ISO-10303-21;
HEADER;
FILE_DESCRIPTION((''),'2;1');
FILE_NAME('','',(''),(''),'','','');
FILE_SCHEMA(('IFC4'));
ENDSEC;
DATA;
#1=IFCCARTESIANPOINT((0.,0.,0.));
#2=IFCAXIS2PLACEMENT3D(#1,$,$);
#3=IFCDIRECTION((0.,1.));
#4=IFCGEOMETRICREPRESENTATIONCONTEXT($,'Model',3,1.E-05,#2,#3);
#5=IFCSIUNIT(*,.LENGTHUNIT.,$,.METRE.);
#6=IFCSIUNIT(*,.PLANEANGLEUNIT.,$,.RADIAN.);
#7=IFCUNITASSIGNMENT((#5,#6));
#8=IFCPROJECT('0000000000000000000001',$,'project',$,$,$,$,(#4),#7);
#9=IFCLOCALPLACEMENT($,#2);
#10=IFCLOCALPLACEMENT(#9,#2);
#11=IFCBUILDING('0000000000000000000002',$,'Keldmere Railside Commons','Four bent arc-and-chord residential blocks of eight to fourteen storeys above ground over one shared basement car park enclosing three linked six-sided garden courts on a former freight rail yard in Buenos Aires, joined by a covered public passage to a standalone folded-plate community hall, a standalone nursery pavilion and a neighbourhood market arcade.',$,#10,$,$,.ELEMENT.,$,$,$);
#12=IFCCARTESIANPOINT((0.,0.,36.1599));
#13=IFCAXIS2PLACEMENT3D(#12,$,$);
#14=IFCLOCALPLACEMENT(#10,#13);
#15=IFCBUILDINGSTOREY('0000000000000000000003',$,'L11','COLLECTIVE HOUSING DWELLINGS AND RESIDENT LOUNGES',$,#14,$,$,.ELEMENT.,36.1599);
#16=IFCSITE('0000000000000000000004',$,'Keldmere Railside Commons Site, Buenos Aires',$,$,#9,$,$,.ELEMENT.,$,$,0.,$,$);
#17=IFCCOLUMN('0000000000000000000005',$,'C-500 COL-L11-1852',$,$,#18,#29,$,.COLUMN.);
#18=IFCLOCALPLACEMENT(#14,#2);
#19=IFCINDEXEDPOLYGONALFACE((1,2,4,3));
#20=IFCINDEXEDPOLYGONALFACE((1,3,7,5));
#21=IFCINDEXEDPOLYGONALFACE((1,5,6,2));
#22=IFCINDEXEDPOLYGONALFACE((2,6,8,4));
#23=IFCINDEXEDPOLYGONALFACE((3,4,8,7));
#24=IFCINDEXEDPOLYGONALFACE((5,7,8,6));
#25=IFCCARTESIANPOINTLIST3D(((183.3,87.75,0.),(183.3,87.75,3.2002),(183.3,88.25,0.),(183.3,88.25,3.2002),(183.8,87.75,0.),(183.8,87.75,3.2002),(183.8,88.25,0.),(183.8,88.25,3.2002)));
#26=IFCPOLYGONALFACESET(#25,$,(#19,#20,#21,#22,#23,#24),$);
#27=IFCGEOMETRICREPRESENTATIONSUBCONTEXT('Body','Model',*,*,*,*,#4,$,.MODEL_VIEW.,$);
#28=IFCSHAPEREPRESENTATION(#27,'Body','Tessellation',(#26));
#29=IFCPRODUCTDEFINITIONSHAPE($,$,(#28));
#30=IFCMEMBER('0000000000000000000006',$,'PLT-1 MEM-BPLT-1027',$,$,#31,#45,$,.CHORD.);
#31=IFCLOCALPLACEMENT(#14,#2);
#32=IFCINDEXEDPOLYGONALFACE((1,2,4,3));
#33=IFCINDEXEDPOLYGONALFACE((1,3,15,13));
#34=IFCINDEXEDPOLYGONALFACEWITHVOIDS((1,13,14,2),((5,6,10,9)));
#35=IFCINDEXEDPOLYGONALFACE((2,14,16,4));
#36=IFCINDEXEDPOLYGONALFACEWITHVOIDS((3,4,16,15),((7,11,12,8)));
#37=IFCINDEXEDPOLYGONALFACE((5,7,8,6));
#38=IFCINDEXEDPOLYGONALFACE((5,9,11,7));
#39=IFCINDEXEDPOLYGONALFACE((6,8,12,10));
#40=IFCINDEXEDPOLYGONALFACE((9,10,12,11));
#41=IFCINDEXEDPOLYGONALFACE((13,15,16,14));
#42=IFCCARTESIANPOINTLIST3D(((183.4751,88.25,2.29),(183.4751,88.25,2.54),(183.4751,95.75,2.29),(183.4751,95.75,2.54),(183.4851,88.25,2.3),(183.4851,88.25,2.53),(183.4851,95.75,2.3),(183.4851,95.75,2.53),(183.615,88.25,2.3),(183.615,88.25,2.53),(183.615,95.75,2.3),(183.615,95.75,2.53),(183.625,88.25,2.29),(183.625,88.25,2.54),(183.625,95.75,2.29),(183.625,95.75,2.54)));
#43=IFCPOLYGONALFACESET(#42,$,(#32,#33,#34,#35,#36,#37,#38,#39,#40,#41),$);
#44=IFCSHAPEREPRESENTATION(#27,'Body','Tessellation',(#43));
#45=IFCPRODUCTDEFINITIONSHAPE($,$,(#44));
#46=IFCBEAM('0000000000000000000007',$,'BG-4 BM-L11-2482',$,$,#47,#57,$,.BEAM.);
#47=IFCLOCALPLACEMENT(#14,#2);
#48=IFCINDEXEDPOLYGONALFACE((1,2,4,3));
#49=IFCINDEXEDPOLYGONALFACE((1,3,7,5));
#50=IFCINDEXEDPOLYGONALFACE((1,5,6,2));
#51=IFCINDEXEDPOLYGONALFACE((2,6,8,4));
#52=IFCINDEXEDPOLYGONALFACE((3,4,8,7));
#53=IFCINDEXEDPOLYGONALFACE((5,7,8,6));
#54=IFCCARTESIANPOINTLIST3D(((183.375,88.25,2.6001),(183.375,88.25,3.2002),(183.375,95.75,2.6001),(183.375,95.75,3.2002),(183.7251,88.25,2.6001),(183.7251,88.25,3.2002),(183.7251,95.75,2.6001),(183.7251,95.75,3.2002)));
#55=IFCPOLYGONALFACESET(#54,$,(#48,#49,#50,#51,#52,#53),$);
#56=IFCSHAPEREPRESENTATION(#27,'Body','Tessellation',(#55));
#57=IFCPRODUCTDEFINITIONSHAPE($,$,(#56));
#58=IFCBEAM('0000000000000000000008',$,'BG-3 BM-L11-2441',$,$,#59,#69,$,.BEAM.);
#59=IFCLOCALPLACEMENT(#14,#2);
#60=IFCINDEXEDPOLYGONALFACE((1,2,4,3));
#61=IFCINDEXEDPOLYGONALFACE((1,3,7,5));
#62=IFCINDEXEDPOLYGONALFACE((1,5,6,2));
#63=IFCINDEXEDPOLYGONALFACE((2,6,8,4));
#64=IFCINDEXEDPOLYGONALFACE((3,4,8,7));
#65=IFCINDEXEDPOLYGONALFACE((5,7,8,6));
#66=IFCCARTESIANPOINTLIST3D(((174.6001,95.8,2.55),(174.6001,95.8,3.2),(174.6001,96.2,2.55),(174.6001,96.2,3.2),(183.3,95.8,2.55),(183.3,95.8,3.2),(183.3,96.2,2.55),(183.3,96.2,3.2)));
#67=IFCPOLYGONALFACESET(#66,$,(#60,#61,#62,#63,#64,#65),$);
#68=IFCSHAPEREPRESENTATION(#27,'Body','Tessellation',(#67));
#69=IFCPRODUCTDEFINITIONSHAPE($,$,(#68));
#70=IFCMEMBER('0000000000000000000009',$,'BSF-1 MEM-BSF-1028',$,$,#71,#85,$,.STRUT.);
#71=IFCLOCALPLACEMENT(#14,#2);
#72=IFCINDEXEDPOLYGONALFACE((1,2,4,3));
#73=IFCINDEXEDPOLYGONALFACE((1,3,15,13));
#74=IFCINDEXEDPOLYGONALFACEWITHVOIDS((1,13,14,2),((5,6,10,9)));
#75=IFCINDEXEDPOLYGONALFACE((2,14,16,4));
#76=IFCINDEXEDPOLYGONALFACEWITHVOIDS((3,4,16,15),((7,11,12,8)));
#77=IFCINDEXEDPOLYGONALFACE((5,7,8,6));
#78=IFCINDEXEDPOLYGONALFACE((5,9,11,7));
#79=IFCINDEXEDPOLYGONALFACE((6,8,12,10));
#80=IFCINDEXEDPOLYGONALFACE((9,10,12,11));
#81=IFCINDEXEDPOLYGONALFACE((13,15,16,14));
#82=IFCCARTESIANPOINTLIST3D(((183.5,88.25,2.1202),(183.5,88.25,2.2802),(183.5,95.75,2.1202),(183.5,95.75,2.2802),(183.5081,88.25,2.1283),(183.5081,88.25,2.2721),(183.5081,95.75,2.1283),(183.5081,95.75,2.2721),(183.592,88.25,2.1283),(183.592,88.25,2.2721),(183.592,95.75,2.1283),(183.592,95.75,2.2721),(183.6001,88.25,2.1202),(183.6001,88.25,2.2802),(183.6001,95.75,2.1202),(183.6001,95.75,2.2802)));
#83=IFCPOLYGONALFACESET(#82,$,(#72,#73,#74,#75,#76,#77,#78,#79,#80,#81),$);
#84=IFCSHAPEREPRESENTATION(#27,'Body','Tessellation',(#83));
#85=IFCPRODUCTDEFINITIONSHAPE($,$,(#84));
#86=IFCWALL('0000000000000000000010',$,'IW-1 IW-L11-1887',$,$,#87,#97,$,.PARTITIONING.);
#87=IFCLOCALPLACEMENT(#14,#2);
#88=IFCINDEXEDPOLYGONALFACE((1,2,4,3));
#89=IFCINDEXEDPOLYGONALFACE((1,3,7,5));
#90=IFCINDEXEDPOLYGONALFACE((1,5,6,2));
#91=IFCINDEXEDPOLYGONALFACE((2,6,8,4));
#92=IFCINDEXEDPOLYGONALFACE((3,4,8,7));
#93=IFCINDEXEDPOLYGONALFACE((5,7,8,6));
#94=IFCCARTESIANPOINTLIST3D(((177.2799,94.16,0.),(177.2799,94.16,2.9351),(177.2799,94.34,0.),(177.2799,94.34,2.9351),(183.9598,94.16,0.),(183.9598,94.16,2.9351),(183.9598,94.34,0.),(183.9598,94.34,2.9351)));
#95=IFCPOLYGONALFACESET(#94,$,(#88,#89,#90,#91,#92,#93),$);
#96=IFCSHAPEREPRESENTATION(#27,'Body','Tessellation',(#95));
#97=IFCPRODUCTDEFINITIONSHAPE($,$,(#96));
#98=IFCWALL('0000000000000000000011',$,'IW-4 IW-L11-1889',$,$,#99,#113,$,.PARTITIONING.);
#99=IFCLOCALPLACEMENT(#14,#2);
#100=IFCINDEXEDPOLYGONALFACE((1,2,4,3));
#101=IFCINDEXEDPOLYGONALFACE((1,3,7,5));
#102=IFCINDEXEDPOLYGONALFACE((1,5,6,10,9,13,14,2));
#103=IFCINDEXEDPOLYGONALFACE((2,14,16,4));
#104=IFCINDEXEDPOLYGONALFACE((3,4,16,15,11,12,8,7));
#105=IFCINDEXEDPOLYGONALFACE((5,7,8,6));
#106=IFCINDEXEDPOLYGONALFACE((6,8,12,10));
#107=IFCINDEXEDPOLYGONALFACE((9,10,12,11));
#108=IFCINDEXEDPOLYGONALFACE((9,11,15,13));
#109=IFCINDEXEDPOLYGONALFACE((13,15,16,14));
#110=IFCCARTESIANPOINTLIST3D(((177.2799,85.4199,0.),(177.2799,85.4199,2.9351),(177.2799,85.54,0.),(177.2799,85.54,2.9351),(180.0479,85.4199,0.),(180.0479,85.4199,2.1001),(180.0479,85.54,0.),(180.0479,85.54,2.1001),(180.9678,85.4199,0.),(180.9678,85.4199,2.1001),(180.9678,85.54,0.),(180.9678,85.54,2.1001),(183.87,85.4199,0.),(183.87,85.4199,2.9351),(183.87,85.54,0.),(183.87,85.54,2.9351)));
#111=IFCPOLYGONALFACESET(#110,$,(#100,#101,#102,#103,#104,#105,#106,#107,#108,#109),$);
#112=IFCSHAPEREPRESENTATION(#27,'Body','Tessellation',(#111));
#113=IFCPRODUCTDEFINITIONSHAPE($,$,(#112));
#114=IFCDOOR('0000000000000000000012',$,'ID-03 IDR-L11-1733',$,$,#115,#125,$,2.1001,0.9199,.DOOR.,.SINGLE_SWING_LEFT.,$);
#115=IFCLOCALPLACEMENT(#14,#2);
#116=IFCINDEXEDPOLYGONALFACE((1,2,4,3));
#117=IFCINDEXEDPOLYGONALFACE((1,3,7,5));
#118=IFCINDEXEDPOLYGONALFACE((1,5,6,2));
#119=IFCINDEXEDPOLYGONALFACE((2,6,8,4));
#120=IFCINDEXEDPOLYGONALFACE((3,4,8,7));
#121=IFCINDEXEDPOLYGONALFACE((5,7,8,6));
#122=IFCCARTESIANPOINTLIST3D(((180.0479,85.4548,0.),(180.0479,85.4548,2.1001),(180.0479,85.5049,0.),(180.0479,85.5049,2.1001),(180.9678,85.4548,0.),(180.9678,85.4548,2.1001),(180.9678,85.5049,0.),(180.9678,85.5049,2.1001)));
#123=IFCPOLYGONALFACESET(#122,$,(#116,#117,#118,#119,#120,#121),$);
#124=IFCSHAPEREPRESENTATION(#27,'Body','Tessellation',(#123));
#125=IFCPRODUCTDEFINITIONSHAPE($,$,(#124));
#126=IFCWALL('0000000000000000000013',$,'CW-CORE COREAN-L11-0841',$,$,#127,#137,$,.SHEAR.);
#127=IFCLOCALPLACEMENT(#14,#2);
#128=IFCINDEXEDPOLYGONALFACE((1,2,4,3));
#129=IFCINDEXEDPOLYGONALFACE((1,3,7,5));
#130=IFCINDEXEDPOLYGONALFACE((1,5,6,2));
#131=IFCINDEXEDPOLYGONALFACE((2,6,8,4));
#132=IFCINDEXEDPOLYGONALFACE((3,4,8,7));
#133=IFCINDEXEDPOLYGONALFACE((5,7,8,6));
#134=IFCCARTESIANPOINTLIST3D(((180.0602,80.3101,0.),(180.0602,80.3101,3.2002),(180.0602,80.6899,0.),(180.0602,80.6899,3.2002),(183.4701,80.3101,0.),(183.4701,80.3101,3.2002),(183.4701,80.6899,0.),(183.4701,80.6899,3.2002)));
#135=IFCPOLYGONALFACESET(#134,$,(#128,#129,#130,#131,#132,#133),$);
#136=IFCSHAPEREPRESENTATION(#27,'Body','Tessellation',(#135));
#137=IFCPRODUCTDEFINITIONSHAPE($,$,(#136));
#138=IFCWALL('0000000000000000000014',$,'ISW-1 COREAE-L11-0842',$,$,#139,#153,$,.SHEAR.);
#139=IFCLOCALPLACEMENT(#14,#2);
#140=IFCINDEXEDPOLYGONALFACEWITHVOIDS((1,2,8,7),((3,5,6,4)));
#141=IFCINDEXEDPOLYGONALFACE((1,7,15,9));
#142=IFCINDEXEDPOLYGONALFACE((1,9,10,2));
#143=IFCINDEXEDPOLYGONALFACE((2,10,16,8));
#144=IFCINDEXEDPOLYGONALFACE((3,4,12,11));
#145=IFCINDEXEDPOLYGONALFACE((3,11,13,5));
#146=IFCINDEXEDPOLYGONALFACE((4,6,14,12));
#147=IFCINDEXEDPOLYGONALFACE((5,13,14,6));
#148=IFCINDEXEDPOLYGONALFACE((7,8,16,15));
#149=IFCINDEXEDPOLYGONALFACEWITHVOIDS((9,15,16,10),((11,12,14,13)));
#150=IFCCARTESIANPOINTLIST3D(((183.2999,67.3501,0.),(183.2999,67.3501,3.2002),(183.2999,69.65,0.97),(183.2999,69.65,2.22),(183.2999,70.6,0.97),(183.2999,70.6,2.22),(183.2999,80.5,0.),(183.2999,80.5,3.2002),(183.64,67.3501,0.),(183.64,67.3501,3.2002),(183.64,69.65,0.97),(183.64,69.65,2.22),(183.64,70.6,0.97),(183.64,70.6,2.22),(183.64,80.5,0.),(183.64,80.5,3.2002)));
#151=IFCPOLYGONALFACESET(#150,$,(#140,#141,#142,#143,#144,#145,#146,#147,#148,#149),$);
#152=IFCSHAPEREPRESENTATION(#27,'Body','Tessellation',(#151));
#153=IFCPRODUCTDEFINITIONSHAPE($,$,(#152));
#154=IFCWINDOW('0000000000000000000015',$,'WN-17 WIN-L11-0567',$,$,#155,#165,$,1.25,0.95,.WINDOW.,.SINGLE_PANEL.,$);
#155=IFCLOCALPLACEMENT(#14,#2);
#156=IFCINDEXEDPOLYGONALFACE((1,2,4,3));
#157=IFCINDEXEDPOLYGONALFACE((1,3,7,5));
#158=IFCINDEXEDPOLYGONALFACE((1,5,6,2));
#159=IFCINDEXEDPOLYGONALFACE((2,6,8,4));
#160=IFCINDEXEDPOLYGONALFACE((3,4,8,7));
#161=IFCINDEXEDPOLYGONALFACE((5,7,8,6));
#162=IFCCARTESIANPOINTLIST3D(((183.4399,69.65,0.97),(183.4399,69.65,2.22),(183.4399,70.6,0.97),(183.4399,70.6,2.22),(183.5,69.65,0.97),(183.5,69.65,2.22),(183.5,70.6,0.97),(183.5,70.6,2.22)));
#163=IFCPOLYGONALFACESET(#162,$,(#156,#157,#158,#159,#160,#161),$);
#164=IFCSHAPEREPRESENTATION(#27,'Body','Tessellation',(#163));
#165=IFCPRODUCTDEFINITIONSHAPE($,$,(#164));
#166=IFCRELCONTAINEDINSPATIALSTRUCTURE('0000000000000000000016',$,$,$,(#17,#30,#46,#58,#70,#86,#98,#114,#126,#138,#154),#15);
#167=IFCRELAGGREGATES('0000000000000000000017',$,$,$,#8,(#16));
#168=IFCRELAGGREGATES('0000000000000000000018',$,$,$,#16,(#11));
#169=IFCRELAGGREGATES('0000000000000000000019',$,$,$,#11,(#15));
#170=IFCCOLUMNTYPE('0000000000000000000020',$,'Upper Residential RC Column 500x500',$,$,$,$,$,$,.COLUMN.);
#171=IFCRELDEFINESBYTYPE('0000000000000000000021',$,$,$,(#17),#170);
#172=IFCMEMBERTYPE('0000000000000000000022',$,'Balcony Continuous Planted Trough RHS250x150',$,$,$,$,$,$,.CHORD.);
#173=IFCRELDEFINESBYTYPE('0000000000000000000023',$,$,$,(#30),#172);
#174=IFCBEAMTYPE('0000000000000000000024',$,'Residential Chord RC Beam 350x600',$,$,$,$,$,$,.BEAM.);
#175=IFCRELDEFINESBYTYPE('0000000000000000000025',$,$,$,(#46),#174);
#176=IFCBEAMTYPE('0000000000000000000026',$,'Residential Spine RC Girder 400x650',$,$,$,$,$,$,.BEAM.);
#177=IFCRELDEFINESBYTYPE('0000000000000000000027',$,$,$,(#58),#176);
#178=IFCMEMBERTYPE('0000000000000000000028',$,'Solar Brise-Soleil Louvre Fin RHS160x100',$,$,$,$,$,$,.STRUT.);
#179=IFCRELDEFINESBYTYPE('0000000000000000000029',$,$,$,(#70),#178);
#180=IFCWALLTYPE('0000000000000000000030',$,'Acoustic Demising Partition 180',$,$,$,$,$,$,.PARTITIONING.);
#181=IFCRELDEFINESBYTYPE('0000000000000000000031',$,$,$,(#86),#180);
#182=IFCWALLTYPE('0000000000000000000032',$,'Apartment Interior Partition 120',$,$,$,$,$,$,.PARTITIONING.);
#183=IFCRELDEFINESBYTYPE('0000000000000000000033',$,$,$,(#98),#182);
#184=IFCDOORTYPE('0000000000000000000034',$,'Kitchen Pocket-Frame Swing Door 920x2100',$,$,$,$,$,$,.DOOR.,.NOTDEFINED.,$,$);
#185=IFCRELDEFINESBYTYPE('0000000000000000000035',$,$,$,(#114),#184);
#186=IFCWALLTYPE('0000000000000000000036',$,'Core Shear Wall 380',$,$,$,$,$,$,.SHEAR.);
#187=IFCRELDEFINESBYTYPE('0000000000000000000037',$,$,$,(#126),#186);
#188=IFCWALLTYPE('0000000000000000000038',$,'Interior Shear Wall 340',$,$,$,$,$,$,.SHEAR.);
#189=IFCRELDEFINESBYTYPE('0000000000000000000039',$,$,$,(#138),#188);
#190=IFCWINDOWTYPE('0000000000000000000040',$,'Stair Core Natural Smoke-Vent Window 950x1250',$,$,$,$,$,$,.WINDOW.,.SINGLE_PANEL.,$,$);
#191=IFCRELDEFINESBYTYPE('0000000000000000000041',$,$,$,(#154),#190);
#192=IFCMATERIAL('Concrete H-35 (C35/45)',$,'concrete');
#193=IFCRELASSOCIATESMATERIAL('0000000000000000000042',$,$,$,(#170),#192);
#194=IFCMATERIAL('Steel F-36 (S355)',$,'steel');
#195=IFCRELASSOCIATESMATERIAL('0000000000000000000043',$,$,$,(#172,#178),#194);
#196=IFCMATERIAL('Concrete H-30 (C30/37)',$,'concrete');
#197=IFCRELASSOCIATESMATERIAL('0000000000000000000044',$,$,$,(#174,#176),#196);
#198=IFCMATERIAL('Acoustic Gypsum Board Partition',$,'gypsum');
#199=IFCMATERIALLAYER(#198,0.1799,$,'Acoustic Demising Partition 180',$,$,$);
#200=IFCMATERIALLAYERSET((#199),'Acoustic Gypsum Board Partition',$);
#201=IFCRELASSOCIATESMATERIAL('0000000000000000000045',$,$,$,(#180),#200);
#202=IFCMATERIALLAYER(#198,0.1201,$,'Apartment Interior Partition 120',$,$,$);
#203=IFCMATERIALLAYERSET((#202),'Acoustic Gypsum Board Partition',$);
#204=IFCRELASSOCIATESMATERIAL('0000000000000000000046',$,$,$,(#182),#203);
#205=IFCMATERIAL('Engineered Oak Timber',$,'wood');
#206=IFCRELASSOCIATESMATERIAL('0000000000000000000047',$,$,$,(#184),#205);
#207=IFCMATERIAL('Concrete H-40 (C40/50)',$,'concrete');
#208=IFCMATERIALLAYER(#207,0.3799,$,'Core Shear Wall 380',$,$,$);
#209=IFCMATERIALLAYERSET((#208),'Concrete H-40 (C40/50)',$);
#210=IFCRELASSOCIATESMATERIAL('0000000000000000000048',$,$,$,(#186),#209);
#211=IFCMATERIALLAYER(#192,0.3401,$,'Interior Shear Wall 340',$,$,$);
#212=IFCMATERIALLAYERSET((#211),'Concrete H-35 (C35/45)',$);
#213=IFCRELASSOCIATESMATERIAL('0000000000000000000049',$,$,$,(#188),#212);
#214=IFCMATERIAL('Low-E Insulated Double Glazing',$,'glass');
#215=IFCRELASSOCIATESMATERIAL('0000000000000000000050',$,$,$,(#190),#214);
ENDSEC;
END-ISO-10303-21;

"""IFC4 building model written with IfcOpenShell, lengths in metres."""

from ifc_helpers import new_model, si_unit, direction, frame, frame_2d, origin, origin_2d, place, context, subcontext, project, spatial, rectangle, hollow_rectangle, extrude, material, layer, layer_set, material_profile, profile_set, type_object, element, fill, save


model = new_model("IFC4")

# Units and contexts
model_context = context("Model", 3, precision=1e-05, world=origin(), true_north=direction((0.0, 1.0)))
body_context = subcontext(model_context, "Body", "Model", "MODEL_VIEW")
ifc_project = project(units=[si_unit("LENGTHUNIT", "METRE"), si_unit("PLANEANGLEUNIT", "RADIAN")], contexts=[model_context])

# Site, building, storey
site_placement = place(None, origin())
site = spatial("IfcSite", under=ifc_project, at=site_placement, Name="Keldmere Railside Commons Site, Buenos Aires", CompositionType="ELEMENT", RefElevation=0.0)
building_placement = place(site_placement, origin())
building = spatial("IfcBuilding", under=site, at=building_placement, Name="Keldmere Railside Commons", Description="Four bent arc-and-chord residential blocks of eight to fourteen storeys above ground over one shared basement car park enclosing three linked six-sided garden courts on a former freight rail yard in Buenos Aires, joined by a covered public passage to a standalone folded-plate community hall, a standalone nursery pavilion and a neighbourhood market arcade.", CompositionType="ELEMENT")
storey_placement = place(building_placement, frame((0.0, 0.0, 36.1599)))
storey = spatial("IfcBuildingStorey", under=building, at=storey_placement, Name="L11", Description="COLLECTIVE HOUSING DWELLINGS AND RESIDENT LOUNGES", CompositionType="ELEMENT", Elevation=36.1599)

# Column
ifc_material_1 = material(Name="Concrete H-35 (C35/45)", Category="concrete")
ifc_material_profile_1 = material_profile(ifc_material_1, rectangle(XDim=0.5, YDim=0.5, at=origin_2d()), Name="RC-500x500")
ifc_profile_set_1 = profile_set([ifc_material_profile_1], Name="Concrete H-35 (C35/45)")
column_type = type_object("IfcColumnType", Name="Upper Residential RC Column 500x500", PredefinedType="COLUMN", material=ifc_profile_set_1)
column_placement = place(storey_placement, frame((183.55, 88.0, 0.0), z_axis=(0.0, 0.0, 1.0), x_axis=(1.0, 0.0, 0.0)))
element("IfcColumn", 1, at=column_placement, inside=storey, type_object=column_type, Name="C-500 COL-L11-1852", PredefinedType="COLUMN", context=body_context, shape_type="SweptSolid", body=[
    extrude(rectangle(XDim=0.5, YDim=0.5, at=origin_2d()), origin(), (0.0, 0.0, 1.0), 3.2002),
])

# Member
ifc_material_2 = material(Name="Steel F-36 (S355)", Category="steel")
ifc_material_profile_2 = material_profile(ifc_material_2, hollow_rectangle(XDim=0.1499, YDim=0.25, WallThickness=0.01, at=origin_2d()), Name="RHS-250x150x10")
ifc_profile_set_2 = profile_set([ifc_material_profile_2], Name="Steel F-36 (S355)")
member_type_1 = type_object("IfcMemberType", Name="Balcony Continuous Planted Trough RHS250x150", PredefinedType="CHORD", material=ifc_profile_set_2)
member_1_placement = place(storey_placement, frame((183.55, 88.25, 2.415), z_axis=(0.0, 1.0, 0.0), x_axis=(-1.0, 0.0, 0.0)))
element("IfcMember", 2, at=member_1_placement, inside=storey, type_object=member_type_1, Name="PLT-1 MEM-BPLT-1027", PredefinedType="CHORD", context=body_context, shape_type="SweptSolid", body=[
    extrude(hollow_rectangle(XDim=0.1499, YDim=0.25, WallThickness=0.01, at=origin_2d()), origin(), (0.0, 0.0, 1.0), 7.5),
])

# Beams
ifc_material_3 = material(Name="Concrete H-30 (C30/37)", Category="concrete")
ifc_material_profile_3 = material_profile(ifc_material_3, rectangle(XDim=0.3501, YDim=0.6001, at=origin_2d()), Name="RC-350x600")
ifc_profile_set_3 = profile_set([ifc_material_profile_3], Name="Concrete H-30 (C30/37)")
beam_type_1 = type_object("IfcBeamType", Name="Residential Chord RC Beam 350x600", PredefinedType="BEAM", material=ifc_profile_set_3)
beam_1_placement = place(storey_placement, frame((183.55, 88.25, 2.9001), z_axis=(0.0, 1.0, 0.0), x_axis=(-1.0, 0.0, 0.0)))
element("IfcBeam", 3, at=beam_1_placement, inside=storey, type_object=beam_type_1, Name="BG-4 BM-L11-2482", PredefinedType="BEAM", context=body_context, shape_type="SweptSolid", body=[
    extrude(rectangle(XDim=0.3501, YDim=0.6001, at=origin_2d()), origin(), (0.0, 0.0, 1.0), 7.5),
])
ifc_material_profile_4 = material_profile(ifc_material_3, rectangle(XDim=0.3999, YDim=0.6499, at=origin_2d()), Name="RC-400x650")
ifc_profile_set_4 = profile_set([ifc_material_profile_4], Name="Concrete H-30 (C30/37)")
beam_type_2 = type_object("IfcBeamType", Name="Residential Spine RC Girder 400x650", PredefinedType="BEAM", material=ifc_profile_set_4)
beam_2_placement = place(storey_placement, frame((174.6001, 96.0, 2.875), z_axis=(1.0, 0.0, 0.0), x_axis=(0.0, 1.0, 0.0)))
element("IfcBeam", 4, at=beam_2_placement, inside=storey, type_object=beam_type_2, Name="BG-3 BM-L11-2441", PredefinedType="BEAM", context=body_context, shape_type="SweptSolid", body=[
    extrude(rectangle(XDim=0.3999, YDim=0.6499, at=origin_2d()), origin(), (0.0, 0.0, 1.0), 8.7),
])

# Member
ifc_material_profile_5 = material_profile(ifc_material_2, hollow_rectangle(XDim=0.1001, YDim=0.1599, WallThickness=0.0081, at=origin_2d()), Name="RHS-160x100x8")
ifc_profile_set_5 = profile_set([ifc_material_profile_5], Name="Steel F-36 (S355)")
member_type_2 = type_object("IfcMemberType", Name="Solar Brise-Soleil Louvre Fin RHS160x100", PredefinedType="STRUT", material=ifc_profile_set_5)
member_2_placement = place(storey_placement, frame((183.55, 88.25, 2.2002), z_axis=(0.0, 1.0, 0.0), x_axis=(-1.0, 0.0, 0.0)))
element("IfcMember", 5, at=member_2_placement, inside=storey, type_object=member_type_2, Name="BSF-1 MEM-BSF-1028", PredefinedType="STRUT", context=body_context, shape_type="SweptSolid", body=[
    extrude(hollow_rectangle(XDim=0.1001, YDim=0.1599, WallThickness=0.0081, at=origin_2d()), origin(), (0.0, 0.0, 1.0), 7.5),
])

# Wall
ifc_material_4 = material(Name="Acoustic Gypsum Board Partition", Category="gypsum")
ifc_layer_1 = layer(ifc_material_4, 0.1799, Name="Acoustic Demising Partition 180")
ifc_layer_set_1 = layer_set([ifc_layer_1], Name="Acoustic Gypsum Board Partition")
wall_type_1 = type_object("IfcWallType", Name="Acoustic Demising Partition 180", PredefinedType="PARTITIONING", material=ifc_layer_set_1)
wall_1_placement = place(storey_placement, frame((177.28, 94.25, 0.0), z_axis=(0.0, 0.0, 1.0), x_axis=(1.0, 0.0, 0.0)))
element("IfcWall", 6, at=wall_1_placement, inside=storey, type_object=wall_type_1, Name="IW-1 IW-L11-1887", PredefinedType="PARTITIONING", context=body_context, shape_type="SweptSolid", body=[
    extrude(rectangle(XDim=6.6799, YDim=0.1799, at=frame_2d((3.3398, 0.0))), origin(), (0.0, 0.0, 1.0), 2.9351),
])

# Wall, opening, door
ifc_layer_2 = layer(ifc_material_4, 0.1201, Name="Apartment Interior Partition 120")
ifc_layer_set_2 = layer_set([ifc_layer_2], Name="Acoustic Gypsum Board Partition")
wall_type_2 = type_object("IfcWallType", Name="Apartment Interior Partition 120", PredefinedType="PARTITIONING", material=ifc_layer_set_2)
wall_2_placement = place(storey_placement, frame((177.28, 85.48, 0.0), z_axis=(0.0, 0.0, 1.0), x_axis=(1.0, 0.0, 0.0)))
wall_2 = element("IfcWall", 7, at=wall_2_placement, inside=storey, type_object=wall_type_2, Name="IW-4 IW-L11-1889", PredefinedType="PARTITIONING", context=body_context, shape_type="SweptSolid", body=[
    extrude(rectangle(XDim=6.5901, YDim=0.1201, at=frame_2d((3.2949, 0.0))), origin(), (0.0, 0.0, 1.0), 2.9351),
])
opening_1_placement = place(wall_2_placement, frame((2.7678, 0.0, 0.0)))
opening_1 = element("IfcOpeningElement", 8, at=opening_1_placement, cuts=wall_2, PredefinedType="OPENING", context=body_context, shape_type="SweptSolid", body=[
    extrude(rectangle(XDim=0.9199, YDim=2.1001, at=frame_2d((0.46, 1.05))), frame((0.0, 0.0701, 0.0), z_axis=(0.0, -1.0, 0.0), x_axis=(1.0, 0.0, 0.0)), (0.0, 0.0, 1.0), 0.1401),
])
ifc_material_5 = material(Name="Engineered Oak Timber", Category="wood")
door_type_1 = type_object("IfcDoorType", Name="Kitchen Pocket-Frame Swing Door 920x2100", OperationType="NOTDEFINED", PredefinedType="DOOR", material=ifc_material_5)
door_1_placement = place(opening_1_placement, origin())
door_1 = element("IfcDoor", 9, at=door_1_placement, inside=storey, type_object=door_type_1, Name="ID-03 IDR-L11-1733", OperationType="SINGLE_SWING_LEFT", OverallHeight=2.1001, OverallWidth=0.9199, PredefinedType="DOOR", context=body_context, shape_type="SweptSolid", body=[
    extrude(rectangle(XDim=0.9199, YDim=2.1001, at=frame_2d((0.46, 1.05))), frame((0.0, 0.0249, 0.0), z_axis=(0.0, -1.0, 0.0), x_axis=(1.0, 0.0, 0.0)), (0.0, 0.0, 1.0), 0.05),
])
fill(opening_1, door_1)

# Wall
ifc_material_6 = material(Name="Concrete H-40 (C40/50)", Category="concrete")
ifc_layer_3 = layer(ifc_material_6, 0.3799, Name="Core Shear Wall 380")
ifc_layer_set_3 = layer_set([ifc_layer_3], Name="Concrete H-40 (C40/50)")
wall_type_3 = type_object("IfcWallType", Name="Core Shear Wall 380", PredefinedType="SHEAR", material=ifc_layer_set_3)
wall_3_placement = place(storey_placement, frame((180.0601, 80.5, 0.0), z_axis=(0.0, 0.0, 1.0), x_axis=(1.0, 0.0, 0.0)))
element("IfcWall", 10, at=wall_3_placement, inside=storey, type_object=wall_type_3, Name="CW-CORE COREAN-L11-0841", PredefinedType="SHEAR", context=body_context, shape_type="SweptSolid", body=[
    extrude(rectangle(XDim=3.4099, YDim=0.3799, at=frame_2d((1.7051, 0.0))), origin(), (0.0, 0.0, 1.0), 3.2002),
])

# Wall, opening, window
ifc_layer_4 = layer(ifc_material_1, 0.3401, Name="Interior Shear Wall 340")
ifc_layer_set_4 = layer_set([ifc_layer_4], Name="Concrete H-35 (C35/45)")
wall_type_4 = type_object("IfcWallType", Name="Interior Shear Wall 340", PredefinedType="SHEAR", material=ifc_layer_set_4)
wall_4_placement = place(storey_placement, frame((183.47, 80.5, 0.0), z_axis=(0.0, 0.0, 1.0), x_axis=(0.0, -1.0, 0.0)))
wall_4 = element("IfcWall", 11, at=wall_4_placement, inside=storey, type_object=wall_type_4, Name="ISW-1 COREAE-L11-0842", PredefinedType="SHEAR", context=body_context, shape_type="SweptSolid", body=[
    extrude(rectangle(XDim=13.1499, YDim=0.3401, at=frame_2d((6.575, 0.0))), origin(), (0.0, 0.0, 1.0), 3.2002),
])
opening_2_placement = place(wall_4_placement, frame((9.8999, 0.0, 0.97)))
opening_2 = element("IfcOpeningElement", 12, at=opening_2_placement, cuts=wall_4, PredefinedType="OPENING", context=body_context, shape_type="SweptSolid", body=[
    extrude(rectangle(XDim=0.95, YDim=1.25, at=frame_2d((0.4751, 0.625))), frame((0.0, 0.1799, 0.0), z_axis=(0.0, -1.0, 0.0), x_axis=(1.0, 0.0, 0.0)), (0.0, 0.0, 1.0), 0.3601),
])
ifc_material_7 = material(Name="Low-E Insulated Double Glazing", Category="glass")
window_type = type_object("IfcWindowType", Name="Stair Core Natural Smoke-Vent Window 950x1250", PartitioningType="SINGLE_PANEL", PredefinedType="WINDOW", material=ifc_material_7)
window_placement = place(opening_2_placement, origin())
window = element("IfcWindow", 13, at=window_placement, inside=storey, type_object=window_type, Name="WN-17 WIN-L11-0567", OverallHeight=1.25, OverallWidth=0.95, PartitioningType="SINGLE_PANEL", PredefinedType="WINDOW", context=body_context, shape_type="SweptSolid", body=[
    extrude(rectangle(XDim=0.95, YDim=1.25, at=frame_2d((0.4751, 0.625))), frame((0.0, 0.03, 0.0), z_axis=(0.0, -1.0, 0.0), x_axis=(1.0, 0.0, 0.0)), (0.0, 0.0, 1.0), 0.0601),
])
fill(opening_2, window)

save(model, "model.ifc")
